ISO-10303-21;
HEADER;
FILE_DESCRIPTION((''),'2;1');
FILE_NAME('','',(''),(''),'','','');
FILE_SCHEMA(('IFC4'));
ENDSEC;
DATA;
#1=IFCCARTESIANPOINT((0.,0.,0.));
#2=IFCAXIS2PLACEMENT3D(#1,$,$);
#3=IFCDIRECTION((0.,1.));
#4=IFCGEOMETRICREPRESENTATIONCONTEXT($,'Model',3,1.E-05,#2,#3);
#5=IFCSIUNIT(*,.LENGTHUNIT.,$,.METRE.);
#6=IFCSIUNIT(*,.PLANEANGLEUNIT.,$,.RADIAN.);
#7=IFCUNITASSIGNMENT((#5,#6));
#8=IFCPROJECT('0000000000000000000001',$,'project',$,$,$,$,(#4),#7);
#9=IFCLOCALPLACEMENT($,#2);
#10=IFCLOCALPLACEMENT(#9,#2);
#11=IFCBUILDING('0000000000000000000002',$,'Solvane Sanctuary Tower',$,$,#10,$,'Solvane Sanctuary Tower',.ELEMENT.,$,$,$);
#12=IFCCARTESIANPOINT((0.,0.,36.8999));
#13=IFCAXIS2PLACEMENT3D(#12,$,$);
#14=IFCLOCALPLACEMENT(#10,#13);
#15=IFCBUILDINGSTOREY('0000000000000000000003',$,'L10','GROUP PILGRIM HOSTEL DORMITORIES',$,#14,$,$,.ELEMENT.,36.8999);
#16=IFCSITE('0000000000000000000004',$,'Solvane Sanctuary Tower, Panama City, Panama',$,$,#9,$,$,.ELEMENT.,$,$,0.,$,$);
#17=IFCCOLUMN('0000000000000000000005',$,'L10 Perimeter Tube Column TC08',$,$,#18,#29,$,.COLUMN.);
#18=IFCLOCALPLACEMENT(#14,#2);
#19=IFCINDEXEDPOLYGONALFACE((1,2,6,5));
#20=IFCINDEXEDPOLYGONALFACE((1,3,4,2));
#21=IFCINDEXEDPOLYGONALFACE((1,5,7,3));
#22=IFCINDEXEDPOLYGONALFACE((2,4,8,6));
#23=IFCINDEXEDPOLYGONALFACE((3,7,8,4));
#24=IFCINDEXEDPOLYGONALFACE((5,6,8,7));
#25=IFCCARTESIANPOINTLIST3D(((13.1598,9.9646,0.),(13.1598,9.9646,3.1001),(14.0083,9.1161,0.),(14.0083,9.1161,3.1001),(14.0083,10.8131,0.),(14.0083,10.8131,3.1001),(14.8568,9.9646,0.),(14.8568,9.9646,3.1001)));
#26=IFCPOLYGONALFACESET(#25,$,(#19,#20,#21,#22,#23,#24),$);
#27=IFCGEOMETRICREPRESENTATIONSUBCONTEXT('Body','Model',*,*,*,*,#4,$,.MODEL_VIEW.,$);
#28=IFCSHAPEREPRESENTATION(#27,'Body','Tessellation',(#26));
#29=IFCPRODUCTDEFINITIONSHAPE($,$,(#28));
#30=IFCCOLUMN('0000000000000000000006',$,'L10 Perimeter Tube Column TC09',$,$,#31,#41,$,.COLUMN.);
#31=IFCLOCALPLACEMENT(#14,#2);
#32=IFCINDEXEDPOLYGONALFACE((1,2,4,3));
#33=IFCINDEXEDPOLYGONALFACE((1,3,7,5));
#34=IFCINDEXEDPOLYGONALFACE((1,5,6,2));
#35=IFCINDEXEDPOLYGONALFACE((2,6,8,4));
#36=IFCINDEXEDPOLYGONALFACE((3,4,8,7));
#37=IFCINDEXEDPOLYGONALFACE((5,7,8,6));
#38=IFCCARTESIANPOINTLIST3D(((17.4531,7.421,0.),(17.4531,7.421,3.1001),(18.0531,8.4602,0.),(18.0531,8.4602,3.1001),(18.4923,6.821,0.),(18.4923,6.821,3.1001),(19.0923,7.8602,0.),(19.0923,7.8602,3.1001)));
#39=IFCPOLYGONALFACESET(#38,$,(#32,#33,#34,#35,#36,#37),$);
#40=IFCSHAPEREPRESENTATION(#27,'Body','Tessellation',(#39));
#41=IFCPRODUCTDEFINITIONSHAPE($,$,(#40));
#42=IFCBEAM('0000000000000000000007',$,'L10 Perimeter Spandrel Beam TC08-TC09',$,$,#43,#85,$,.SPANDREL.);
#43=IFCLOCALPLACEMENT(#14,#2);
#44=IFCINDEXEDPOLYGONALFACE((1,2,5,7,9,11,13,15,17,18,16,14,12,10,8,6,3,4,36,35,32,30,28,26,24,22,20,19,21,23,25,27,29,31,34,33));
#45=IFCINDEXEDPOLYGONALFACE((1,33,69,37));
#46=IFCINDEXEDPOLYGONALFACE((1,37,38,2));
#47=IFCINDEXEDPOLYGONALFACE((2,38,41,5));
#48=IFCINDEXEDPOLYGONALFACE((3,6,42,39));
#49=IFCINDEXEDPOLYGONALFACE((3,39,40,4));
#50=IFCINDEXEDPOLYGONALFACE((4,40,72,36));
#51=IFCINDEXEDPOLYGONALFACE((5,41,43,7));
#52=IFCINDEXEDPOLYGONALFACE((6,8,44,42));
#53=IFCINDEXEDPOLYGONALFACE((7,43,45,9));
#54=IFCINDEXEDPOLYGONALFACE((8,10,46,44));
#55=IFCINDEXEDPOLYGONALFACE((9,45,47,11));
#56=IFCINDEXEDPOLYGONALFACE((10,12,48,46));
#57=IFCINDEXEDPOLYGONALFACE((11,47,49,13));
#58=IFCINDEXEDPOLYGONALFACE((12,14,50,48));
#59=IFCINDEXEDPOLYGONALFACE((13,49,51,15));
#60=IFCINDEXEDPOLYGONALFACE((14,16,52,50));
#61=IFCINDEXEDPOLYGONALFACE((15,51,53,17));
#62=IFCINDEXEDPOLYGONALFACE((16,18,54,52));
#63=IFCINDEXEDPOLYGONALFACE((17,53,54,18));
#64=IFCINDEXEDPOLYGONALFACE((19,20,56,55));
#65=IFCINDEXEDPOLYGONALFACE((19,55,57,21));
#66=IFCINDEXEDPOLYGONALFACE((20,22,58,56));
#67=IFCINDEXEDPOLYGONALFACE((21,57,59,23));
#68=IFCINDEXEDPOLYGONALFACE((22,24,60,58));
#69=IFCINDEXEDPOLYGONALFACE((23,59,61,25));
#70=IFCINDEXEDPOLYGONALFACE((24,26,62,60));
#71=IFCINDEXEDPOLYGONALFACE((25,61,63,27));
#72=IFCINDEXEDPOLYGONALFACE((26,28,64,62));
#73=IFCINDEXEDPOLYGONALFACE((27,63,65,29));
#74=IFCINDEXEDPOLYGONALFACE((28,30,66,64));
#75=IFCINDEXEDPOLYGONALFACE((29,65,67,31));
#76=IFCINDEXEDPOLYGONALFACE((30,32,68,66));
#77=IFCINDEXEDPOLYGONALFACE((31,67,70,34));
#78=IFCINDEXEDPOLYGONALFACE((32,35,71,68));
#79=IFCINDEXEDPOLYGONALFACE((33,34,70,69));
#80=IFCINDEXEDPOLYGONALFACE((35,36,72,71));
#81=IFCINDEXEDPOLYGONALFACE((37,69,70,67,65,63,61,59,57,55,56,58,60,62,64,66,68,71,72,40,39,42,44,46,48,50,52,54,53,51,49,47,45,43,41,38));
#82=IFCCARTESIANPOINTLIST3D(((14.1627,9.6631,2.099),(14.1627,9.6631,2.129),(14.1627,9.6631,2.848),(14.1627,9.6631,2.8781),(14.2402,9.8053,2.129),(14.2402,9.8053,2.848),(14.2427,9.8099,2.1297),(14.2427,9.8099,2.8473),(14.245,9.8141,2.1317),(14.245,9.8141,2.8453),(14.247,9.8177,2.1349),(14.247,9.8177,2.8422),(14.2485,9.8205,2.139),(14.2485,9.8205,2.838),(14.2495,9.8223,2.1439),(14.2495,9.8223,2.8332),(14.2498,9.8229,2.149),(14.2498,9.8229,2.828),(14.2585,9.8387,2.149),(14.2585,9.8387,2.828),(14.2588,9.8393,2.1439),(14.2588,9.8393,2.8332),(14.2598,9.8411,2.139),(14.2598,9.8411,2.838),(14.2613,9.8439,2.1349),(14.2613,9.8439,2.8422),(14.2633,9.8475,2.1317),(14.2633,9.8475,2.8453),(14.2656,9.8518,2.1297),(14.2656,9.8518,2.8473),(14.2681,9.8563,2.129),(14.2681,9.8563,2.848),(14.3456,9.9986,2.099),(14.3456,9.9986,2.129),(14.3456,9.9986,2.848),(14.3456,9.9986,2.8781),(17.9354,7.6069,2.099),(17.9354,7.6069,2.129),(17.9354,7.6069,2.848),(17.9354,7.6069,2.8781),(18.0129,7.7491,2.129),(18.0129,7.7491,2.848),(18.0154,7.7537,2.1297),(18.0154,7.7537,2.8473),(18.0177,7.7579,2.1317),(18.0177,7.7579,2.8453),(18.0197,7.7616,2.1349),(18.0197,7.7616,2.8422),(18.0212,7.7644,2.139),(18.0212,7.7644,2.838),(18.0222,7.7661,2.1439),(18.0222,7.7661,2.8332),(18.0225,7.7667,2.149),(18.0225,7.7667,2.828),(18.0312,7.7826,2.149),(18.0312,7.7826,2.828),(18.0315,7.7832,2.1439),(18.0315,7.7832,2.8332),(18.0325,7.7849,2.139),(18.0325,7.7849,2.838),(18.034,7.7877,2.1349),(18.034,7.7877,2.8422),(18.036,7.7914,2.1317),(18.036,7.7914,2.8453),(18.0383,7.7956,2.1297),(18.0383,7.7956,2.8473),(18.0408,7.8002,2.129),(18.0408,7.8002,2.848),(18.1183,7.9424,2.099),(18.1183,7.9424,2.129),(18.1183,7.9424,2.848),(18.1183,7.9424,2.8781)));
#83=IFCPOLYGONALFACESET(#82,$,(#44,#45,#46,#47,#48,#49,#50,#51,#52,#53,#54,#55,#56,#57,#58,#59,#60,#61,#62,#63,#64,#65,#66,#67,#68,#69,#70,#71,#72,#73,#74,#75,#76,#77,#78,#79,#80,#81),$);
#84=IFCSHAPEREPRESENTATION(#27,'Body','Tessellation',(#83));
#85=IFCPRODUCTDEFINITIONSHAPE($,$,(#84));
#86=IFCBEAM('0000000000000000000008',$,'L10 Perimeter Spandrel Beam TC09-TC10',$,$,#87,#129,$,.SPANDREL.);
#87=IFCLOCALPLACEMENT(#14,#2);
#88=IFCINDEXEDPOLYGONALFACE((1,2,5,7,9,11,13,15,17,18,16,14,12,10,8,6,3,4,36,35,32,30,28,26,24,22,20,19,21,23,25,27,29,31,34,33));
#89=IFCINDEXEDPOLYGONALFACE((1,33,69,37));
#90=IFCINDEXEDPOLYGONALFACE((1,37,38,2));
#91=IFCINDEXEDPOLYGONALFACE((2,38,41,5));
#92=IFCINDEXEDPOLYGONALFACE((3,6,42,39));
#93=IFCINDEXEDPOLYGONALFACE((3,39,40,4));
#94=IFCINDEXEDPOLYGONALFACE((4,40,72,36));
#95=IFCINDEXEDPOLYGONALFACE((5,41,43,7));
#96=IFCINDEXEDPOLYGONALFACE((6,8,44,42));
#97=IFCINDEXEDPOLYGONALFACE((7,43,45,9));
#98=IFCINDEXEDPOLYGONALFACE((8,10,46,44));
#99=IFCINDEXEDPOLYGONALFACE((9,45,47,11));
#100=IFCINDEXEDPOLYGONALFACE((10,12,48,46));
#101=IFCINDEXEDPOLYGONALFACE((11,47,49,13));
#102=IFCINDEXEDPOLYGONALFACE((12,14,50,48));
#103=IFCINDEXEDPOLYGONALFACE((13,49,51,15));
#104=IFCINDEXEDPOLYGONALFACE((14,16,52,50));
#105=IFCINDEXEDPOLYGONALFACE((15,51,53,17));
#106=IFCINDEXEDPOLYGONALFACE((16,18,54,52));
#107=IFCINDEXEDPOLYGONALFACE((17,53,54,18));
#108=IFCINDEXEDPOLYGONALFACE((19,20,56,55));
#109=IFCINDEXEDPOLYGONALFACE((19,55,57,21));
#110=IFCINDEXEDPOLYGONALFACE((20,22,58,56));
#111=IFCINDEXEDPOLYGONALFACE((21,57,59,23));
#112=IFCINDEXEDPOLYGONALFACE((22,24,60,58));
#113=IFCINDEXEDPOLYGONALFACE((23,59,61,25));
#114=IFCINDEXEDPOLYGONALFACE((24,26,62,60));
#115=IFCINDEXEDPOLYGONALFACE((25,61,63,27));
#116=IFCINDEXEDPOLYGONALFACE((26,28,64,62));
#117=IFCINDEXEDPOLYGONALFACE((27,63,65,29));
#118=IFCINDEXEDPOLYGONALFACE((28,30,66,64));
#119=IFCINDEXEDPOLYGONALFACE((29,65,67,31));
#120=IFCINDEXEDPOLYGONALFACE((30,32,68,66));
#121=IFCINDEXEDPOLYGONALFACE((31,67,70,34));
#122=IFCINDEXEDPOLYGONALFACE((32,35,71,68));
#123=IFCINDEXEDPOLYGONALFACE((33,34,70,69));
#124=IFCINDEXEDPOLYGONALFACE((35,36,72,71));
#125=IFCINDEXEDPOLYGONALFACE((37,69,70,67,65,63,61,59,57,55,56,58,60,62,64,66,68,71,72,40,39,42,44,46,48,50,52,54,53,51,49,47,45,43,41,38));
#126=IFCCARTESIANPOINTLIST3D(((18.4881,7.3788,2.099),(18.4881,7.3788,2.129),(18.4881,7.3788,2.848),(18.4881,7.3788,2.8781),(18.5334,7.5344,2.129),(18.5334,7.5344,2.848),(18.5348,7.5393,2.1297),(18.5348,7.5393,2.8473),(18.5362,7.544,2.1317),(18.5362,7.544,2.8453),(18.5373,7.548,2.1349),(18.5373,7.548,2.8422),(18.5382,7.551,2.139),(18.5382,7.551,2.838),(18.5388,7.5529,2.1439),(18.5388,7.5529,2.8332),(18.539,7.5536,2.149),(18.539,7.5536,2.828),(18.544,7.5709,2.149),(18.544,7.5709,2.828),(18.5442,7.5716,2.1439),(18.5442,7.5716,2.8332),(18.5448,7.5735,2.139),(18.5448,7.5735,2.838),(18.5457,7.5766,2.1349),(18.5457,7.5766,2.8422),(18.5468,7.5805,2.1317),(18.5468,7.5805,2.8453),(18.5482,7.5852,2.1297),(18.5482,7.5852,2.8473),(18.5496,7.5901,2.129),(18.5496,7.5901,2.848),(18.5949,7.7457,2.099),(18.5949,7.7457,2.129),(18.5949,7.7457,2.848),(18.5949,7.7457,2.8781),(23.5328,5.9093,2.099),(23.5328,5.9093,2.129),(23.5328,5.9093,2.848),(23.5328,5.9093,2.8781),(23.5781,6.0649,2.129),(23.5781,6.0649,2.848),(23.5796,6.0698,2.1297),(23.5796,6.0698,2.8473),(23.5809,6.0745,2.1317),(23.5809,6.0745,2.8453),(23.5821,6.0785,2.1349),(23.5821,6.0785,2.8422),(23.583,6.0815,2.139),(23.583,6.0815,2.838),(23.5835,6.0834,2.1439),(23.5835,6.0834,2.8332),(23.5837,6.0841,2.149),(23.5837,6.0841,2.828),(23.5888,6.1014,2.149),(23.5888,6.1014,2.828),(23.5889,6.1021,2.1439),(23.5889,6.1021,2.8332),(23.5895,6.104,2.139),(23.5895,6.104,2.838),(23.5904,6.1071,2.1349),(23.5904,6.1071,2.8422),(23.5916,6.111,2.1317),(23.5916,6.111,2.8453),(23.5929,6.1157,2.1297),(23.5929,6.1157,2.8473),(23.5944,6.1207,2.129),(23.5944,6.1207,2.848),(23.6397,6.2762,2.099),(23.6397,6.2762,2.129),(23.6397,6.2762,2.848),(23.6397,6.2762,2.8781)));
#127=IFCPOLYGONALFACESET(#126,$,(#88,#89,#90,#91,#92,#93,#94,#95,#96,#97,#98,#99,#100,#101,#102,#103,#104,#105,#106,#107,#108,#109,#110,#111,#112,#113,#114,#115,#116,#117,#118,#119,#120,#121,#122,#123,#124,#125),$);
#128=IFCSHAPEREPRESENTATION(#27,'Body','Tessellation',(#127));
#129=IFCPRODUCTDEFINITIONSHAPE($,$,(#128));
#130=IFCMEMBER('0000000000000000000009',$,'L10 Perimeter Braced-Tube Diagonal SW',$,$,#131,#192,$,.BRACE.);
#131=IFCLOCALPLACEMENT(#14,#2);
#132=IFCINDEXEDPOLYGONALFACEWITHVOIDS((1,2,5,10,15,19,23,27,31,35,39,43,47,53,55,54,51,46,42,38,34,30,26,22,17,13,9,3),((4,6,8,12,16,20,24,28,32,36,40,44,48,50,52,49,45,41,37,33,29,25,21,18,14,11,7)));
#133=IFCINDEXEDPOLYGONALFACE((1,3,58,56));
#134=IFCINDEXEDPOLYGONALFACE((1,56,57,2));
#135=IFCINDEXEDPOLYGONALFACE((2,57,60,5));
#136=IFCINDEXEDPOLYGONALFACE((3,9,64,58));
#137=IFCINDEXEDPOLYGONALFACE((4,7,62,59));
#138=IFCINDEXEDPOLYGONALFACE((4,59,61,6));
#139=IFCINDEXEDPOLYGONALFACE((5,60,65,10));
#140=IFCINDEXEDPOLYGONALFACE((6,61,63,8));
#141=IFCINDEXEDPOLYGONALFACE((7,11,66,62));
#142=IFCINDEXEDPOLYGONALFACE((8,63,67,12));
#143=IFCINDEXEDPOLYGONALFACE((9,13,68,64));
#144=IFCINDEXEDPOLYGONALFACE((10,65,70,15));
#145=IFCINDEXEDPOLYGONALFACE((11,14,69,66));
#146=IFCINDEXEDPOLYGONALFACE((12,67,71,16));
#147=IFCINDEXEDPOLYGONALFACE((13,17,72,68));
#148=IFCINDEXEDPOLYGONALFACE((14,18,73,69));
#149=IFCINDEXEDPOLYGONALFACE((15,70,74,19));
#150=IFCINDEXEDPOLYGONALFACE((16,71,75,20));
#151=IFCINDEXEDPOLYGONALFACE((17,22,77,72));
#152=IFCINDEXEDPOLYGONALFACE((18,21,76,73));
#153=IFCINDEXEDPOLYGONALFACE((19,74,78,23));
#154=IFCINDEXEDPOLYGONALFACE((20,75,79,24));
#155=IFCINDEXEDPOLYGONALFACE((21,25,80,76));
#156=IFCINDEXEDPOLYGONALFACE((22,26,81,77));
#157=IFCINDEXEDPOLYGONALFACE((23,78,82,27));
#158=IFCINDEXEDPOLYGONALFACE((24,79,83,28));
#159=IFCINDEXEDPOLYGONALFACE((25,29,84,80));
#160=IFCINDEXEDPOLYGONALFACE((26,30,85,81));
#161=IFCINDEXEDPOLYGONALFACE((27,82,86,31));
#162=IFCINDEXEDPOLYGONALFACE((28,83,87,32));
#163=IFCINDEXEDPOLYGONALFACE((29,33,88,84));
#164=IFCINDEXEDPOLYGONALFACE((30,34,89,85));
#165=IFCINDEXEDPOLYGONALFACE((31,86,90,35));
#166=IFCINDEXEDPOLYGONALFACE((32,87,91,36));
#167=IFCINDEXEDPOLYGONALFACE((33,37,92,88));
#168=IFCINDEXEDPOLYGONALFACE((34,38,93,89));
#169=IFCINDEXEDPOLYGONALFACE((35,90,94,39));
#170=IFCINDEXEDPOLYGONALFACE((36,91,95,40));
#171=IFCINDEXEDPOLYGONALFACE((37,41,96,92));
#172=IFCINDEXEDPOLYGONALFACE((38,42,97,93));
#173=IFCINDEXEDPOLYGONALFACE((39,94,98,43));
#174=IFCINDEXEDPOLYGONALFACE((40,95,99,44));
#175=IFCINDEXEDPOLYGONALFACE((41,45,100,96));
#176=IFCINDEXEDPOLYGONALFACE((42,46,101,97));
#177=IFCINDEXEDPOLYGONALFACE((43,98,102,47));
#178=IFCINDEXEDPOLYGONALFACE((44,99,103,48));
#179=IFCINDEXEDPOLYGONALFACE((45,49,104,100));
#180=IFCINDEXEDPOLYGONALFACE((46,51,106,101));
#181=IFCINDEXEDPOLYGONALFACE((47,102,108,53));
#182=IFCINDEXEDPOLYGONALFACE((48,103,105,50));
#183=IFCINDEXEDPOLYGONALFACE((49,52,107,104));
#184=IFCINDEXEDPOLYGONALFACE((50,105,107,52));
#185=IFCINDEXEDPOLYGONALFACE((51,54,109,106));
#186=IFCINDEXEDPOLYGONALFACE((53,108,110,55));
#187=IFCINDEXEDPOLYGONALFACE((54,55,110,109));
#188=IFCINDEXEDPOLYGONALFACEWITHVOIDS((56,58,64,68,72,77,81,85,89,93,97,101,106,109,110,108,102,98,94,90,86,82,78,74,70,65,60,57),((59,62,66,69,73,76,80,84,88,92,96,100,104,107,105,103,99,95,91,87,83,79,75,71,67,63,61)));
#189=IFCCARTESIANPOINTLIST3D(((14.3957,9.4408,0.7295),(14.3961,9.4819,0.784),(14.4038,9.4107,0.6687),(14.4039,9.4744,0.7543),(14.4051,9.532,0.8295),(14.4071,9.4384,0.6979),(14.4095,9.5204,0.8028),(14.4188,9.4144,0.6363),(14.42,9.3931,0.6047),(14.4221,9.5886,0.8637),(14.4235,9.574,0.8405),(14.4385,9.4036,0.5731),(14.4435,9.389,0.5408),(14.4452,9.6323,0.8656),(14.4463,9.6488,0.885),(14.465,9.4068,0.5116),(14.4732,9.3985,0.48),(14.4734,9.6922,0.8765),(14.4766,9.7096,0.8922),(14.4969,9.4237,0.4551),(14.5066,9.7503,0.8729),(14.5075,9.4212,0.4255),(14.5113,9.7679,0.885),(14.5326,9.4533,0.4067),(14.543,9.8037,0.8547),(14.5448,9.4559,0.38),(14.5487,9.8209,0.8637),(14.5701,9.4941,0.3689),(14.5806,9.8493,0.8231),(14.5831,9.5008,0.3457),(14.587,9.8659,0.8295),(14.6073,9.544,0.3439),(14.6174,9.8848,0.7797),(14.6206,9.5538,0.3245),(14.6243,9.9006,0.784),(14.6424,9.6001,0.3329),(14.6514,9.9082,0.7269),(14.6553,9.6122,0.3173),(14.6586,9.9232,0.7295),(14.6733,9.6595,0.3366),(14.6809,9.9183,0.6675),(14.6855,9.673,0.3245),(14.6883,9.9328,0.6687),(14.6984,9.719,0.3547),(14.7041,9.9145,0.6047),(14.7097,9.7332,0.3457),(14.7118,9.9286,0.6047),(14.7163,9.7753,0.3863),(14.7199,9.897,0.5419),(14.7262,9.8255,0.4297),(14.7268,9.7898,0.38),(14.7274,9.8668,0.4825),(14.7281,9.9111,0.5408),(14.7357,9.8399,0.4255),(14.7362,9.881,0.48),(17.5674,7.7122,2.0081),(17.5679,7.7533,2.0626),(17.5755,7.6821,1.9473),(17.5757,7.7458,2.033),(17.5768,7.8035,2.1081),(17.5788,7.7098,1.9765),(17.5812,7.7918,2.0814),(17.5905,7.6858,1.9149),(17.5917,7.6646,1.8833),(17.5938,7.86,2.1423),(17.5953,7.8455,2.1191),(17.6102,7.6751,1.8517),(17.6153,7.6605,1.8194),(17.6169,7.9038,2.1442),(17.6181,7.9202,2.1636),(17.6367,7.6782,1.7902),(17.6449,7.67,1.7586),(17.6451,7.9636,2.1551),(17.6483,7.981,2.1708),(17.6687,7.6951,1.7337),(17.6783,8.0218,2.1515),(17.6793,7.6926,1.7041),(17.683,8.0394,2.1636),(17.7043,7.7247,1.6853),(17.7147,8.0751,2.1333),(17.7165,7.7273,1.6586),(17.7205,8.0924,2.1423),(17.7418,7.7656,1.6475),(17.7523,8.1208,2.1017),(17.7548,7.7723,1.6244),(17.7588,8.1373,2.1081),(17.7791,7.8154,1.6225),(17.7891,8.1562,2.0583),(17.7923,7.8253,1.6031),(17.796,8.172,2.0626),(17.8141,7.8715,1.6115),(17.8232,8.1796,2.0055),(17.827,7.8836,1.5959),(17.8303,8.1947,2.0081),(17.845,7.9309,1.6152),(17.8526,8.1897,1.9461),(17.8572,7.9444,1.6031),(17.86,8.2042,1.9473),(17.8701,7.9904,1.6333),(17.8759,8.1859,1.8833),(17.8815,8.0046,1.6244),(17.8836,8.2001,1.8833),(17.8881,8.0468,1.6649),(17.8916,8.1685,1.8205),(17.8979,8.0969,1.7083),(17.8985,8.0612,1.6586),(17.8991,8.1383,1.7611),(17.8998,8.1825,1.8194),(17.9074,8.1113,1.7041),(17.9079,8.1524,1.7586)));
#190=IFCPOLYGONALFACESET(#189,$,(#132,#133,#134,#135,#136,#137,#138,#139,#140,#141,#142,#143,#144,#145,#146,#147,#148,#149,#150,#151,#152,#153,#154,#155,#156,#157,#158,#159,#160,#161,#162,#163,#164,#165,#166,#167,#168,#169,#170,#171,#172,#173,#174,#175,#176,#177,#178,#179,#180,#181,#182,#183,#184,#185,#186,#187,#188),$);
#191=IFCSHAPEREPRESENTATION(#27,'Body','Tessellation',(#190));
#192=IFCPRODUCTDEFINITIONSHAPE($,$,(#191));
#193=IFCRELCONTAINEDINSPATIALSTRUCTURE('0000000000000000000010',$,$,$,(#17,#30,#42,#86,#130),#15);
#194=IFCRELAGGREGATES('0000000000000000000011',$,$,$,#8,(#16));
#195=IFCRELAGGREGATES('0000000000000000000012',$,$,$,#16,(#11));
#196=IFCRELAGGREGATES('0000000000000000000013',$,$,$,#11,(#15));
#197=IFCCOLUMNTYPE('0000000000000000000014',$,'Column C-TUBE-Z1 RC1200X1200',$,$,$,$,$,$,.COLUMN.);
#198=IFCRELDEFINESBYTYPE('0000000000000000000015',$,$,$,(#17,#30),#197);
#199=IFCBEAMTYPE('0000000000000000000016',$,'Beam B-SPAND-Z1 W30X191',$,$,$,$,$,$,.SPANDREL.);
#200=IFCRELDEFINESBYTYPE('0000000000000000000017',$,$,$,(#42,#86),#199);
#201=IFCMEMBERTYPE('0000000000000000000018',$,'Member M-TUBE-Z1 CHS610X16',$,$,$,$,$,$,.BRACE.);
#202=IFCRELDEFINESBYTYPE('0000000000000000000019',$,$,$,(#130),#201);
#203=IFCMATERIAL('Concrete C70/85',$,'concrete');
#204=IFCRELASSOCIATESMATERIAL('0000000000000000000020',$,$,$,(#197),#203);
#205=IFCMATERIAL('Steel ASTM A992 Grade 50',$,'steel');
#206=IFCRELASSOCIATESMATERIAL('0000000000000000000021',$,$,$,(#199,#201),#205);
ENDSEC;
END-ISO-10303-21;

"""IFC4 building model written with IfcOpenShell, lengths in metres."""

from ifc_helpers import new_model, si_unit, direction, frame, origin, origin_2d, place, context, subcontext, project, spatial, rectangle, hollow_circle, i_section, extrude, material, material_profile, profile_set, type_object, element, save


model = new_model("IFC4")

# Units and contexts
model_context = context("Model", 3, precision=1e-05, world=origin(), true_north=direction((0.0, 1.0)))
body_context = subcontext(model_context, "Body", "Model", "MODEL_VIEW")
ifc_project = project(units=[si_unit("LENGTHUNIT", "METRE"), si_unit("PLANEANGLEUNIT", "RADIAN")], contexts=[model_context])

# Site, building, storey
site_placement = place(None, origin())
site = spatial("IfcSite", under=ifc_project, at=site_placement, Name="Solvane Sanctuary Tower, Panama City, Panama", CompositionType="ELEMENT", RefElevation=0.0)
building_placement = place(site_placement, origin())
building = spatial("IfcBuilding", under=site, at=building_placement, Name="Solvane Sanctuary Tower", LongName="Solvane Sanctuary Tower", CompositionType="ELEMENT")
storey_placement = place(building_placement, frame((0.0, 0.0, 36.8999)))
storey = spatial("IfcBuildingStorey", under=building, at=storey_placement, Name="L10", Description="GROUP PILGRIM HOSTEL DORMITORIES", CompositionType="ELEMENT", Elevation=36.8999)

# Columns
ifc_material_1 = material(Name="Concrete C70/85", Category="concrete")
ifc_material_profile_1 = material_profile(ifc_material_1, rectangle(XDim=1.2, YDim=1.2, at=origin_2d()), Name="RC1200X1200")
ifc_profile_set_1 = profile_set([ifc_material_profile_1], Name="Concrete C70/85")
column_type = type_object("IfcColumnType", Name="Column C-TUBE-Z1 RC1200X1200", PredefinedType="COLUMN", material=ifc_profile_set_1)
for number, where, z_axis, x_axis, name in (
    (1, (14.0083, 9.9646, 0.0), (0.0, 0.0, 1.0), (-0.707107, -0.707107, 0.0), "L10 Perimeter Tube Column TC08"),
    (2, (18.2727, 7.6406, 0.0), (0.0, 0.0, 1.0), (-0.5, -0.866025, 0.0), "L10 Perimeter Tube Column TC09"),
):
    element("IfcColumn", number, at=place(storey_placement, frame(where, z_axis=z_axis, x_axis=x_axis)), inside=storey, type_object=column_type, Name=name, PredefinedType="COLUMN", context=body_context, shape_type="SweptSolid", body=[
        extrude(rectangle(XDim=1.2, YDim=1.2, at=origin_2d()), origin(), (0.0, 0.0, 1.0), 3.1001),
    ])

# Beams
ifc_material_2 = material(Name="Steel ASTM A992 Grade 50", Category="steel")
ifc_material_profile_2 = material_profile(ifc_material_2, i_section(OverallWidth=0.3821, OverallDepth=0.7791, WebThickness=0.0181, FlangeThickness=0.03, FilletRadius=0.02, at=origin_2d()), Name="W30X191")
ifc_profile_set_2 = profile_set([ifc_material_profile_2], Name="Steel ASTM A992 Grade 50")
beam_type = type_object("IfcBeamType", Name="Beam B-SPAND-Z1 W30X191", PredefinedType="SPANDREL", material=ifc_profile_set_2)
beam_1_placement = place(storey_placement, frame((14.2542, 9.8308, 2.4885), z_axis=(0.878061, -0.47855, 0.0), x_axis=(0.47855, 0.878061, 0.0)))
element("IfcBeam", 3, at=beam_1_placement, inside=storey, type_object=beam_type, Name="L10 Perimeter Spandrel Beam TC08-TC09", PredefinedType="SPANDREL", context=body_context, shape_type="SweptSolid", body=[
    extrude(i_section(OverallWidth=0.3821, OverallDepth=0.7791, WebThickness=0.0181, FlangeThickness=0.03, FilletRadius=0.02, at=origin_2d()), origin(), (0.0, 0.0, 1.0), 4.2966),
])
beam_2_placement = place(storey_placement, frame((18.5415, 7.5623, 2.4885), z_axis=(0.960096, -0.27967, 0.0), x_axis=(0.27967, 0.960096, 0.0)))
element("IfcBeam", 4, at=beam_2_placement, inside=storey, type_object=beam_type, Name="L10 Perimeter Spandrel Beam TC09-TC10", PredefinedType="SPANDREL", context=body_context, shape_type="SweptSolid", body=[
    extrude(i_section(OverallWidth=0.3821, OverallDepth=0.7791, WebThickness=0.0181, FlangeThickness=0.03, FilletRadius=0.02, at=origin_2d()), origin(), (0.0, 0.0, 1.0), 5.2544),
])

# Member
ifc_material_profile_3 = material_profile(ifc_material_2, hollow_circle(Radius=0.3049, WallThickness=0.0161, at=origin_2d()), Name="CHS610X16")
ifc_profile_set_3 = profile_set([ifc_material_profile_3], Name="Steel ASTM A992 Grade 50")
member_type = type_object("IfcMemberType", Name="Member M-TUBE-Z1 CHS610X16", PredefinedType="BRACE", material=ifc_profile_set_3)
member_placement = place(storey_placement, frame((14.5659, 9.6609, 0.6047), z_axis=(0.82774, -0.451112, 0.333683), x_axis=(0.47854, 0.878066, 0.0)))
element("IfcMember", 5, at=member_placement, inside=storey, type_object=member_type, Name="L10 Perimeter Braced-Tube Diagonal SW", PredefinedType="BRACE", context=body_context, shape_type="SweptSolid", body=[
    extrude(hollow_circle(Radius=0.3049, WallThickness=0.0161, at=origin_2d()), origin(), (0.0, 0.0, 1.0), 3.8318),
])

save(model, "model.ifc")
